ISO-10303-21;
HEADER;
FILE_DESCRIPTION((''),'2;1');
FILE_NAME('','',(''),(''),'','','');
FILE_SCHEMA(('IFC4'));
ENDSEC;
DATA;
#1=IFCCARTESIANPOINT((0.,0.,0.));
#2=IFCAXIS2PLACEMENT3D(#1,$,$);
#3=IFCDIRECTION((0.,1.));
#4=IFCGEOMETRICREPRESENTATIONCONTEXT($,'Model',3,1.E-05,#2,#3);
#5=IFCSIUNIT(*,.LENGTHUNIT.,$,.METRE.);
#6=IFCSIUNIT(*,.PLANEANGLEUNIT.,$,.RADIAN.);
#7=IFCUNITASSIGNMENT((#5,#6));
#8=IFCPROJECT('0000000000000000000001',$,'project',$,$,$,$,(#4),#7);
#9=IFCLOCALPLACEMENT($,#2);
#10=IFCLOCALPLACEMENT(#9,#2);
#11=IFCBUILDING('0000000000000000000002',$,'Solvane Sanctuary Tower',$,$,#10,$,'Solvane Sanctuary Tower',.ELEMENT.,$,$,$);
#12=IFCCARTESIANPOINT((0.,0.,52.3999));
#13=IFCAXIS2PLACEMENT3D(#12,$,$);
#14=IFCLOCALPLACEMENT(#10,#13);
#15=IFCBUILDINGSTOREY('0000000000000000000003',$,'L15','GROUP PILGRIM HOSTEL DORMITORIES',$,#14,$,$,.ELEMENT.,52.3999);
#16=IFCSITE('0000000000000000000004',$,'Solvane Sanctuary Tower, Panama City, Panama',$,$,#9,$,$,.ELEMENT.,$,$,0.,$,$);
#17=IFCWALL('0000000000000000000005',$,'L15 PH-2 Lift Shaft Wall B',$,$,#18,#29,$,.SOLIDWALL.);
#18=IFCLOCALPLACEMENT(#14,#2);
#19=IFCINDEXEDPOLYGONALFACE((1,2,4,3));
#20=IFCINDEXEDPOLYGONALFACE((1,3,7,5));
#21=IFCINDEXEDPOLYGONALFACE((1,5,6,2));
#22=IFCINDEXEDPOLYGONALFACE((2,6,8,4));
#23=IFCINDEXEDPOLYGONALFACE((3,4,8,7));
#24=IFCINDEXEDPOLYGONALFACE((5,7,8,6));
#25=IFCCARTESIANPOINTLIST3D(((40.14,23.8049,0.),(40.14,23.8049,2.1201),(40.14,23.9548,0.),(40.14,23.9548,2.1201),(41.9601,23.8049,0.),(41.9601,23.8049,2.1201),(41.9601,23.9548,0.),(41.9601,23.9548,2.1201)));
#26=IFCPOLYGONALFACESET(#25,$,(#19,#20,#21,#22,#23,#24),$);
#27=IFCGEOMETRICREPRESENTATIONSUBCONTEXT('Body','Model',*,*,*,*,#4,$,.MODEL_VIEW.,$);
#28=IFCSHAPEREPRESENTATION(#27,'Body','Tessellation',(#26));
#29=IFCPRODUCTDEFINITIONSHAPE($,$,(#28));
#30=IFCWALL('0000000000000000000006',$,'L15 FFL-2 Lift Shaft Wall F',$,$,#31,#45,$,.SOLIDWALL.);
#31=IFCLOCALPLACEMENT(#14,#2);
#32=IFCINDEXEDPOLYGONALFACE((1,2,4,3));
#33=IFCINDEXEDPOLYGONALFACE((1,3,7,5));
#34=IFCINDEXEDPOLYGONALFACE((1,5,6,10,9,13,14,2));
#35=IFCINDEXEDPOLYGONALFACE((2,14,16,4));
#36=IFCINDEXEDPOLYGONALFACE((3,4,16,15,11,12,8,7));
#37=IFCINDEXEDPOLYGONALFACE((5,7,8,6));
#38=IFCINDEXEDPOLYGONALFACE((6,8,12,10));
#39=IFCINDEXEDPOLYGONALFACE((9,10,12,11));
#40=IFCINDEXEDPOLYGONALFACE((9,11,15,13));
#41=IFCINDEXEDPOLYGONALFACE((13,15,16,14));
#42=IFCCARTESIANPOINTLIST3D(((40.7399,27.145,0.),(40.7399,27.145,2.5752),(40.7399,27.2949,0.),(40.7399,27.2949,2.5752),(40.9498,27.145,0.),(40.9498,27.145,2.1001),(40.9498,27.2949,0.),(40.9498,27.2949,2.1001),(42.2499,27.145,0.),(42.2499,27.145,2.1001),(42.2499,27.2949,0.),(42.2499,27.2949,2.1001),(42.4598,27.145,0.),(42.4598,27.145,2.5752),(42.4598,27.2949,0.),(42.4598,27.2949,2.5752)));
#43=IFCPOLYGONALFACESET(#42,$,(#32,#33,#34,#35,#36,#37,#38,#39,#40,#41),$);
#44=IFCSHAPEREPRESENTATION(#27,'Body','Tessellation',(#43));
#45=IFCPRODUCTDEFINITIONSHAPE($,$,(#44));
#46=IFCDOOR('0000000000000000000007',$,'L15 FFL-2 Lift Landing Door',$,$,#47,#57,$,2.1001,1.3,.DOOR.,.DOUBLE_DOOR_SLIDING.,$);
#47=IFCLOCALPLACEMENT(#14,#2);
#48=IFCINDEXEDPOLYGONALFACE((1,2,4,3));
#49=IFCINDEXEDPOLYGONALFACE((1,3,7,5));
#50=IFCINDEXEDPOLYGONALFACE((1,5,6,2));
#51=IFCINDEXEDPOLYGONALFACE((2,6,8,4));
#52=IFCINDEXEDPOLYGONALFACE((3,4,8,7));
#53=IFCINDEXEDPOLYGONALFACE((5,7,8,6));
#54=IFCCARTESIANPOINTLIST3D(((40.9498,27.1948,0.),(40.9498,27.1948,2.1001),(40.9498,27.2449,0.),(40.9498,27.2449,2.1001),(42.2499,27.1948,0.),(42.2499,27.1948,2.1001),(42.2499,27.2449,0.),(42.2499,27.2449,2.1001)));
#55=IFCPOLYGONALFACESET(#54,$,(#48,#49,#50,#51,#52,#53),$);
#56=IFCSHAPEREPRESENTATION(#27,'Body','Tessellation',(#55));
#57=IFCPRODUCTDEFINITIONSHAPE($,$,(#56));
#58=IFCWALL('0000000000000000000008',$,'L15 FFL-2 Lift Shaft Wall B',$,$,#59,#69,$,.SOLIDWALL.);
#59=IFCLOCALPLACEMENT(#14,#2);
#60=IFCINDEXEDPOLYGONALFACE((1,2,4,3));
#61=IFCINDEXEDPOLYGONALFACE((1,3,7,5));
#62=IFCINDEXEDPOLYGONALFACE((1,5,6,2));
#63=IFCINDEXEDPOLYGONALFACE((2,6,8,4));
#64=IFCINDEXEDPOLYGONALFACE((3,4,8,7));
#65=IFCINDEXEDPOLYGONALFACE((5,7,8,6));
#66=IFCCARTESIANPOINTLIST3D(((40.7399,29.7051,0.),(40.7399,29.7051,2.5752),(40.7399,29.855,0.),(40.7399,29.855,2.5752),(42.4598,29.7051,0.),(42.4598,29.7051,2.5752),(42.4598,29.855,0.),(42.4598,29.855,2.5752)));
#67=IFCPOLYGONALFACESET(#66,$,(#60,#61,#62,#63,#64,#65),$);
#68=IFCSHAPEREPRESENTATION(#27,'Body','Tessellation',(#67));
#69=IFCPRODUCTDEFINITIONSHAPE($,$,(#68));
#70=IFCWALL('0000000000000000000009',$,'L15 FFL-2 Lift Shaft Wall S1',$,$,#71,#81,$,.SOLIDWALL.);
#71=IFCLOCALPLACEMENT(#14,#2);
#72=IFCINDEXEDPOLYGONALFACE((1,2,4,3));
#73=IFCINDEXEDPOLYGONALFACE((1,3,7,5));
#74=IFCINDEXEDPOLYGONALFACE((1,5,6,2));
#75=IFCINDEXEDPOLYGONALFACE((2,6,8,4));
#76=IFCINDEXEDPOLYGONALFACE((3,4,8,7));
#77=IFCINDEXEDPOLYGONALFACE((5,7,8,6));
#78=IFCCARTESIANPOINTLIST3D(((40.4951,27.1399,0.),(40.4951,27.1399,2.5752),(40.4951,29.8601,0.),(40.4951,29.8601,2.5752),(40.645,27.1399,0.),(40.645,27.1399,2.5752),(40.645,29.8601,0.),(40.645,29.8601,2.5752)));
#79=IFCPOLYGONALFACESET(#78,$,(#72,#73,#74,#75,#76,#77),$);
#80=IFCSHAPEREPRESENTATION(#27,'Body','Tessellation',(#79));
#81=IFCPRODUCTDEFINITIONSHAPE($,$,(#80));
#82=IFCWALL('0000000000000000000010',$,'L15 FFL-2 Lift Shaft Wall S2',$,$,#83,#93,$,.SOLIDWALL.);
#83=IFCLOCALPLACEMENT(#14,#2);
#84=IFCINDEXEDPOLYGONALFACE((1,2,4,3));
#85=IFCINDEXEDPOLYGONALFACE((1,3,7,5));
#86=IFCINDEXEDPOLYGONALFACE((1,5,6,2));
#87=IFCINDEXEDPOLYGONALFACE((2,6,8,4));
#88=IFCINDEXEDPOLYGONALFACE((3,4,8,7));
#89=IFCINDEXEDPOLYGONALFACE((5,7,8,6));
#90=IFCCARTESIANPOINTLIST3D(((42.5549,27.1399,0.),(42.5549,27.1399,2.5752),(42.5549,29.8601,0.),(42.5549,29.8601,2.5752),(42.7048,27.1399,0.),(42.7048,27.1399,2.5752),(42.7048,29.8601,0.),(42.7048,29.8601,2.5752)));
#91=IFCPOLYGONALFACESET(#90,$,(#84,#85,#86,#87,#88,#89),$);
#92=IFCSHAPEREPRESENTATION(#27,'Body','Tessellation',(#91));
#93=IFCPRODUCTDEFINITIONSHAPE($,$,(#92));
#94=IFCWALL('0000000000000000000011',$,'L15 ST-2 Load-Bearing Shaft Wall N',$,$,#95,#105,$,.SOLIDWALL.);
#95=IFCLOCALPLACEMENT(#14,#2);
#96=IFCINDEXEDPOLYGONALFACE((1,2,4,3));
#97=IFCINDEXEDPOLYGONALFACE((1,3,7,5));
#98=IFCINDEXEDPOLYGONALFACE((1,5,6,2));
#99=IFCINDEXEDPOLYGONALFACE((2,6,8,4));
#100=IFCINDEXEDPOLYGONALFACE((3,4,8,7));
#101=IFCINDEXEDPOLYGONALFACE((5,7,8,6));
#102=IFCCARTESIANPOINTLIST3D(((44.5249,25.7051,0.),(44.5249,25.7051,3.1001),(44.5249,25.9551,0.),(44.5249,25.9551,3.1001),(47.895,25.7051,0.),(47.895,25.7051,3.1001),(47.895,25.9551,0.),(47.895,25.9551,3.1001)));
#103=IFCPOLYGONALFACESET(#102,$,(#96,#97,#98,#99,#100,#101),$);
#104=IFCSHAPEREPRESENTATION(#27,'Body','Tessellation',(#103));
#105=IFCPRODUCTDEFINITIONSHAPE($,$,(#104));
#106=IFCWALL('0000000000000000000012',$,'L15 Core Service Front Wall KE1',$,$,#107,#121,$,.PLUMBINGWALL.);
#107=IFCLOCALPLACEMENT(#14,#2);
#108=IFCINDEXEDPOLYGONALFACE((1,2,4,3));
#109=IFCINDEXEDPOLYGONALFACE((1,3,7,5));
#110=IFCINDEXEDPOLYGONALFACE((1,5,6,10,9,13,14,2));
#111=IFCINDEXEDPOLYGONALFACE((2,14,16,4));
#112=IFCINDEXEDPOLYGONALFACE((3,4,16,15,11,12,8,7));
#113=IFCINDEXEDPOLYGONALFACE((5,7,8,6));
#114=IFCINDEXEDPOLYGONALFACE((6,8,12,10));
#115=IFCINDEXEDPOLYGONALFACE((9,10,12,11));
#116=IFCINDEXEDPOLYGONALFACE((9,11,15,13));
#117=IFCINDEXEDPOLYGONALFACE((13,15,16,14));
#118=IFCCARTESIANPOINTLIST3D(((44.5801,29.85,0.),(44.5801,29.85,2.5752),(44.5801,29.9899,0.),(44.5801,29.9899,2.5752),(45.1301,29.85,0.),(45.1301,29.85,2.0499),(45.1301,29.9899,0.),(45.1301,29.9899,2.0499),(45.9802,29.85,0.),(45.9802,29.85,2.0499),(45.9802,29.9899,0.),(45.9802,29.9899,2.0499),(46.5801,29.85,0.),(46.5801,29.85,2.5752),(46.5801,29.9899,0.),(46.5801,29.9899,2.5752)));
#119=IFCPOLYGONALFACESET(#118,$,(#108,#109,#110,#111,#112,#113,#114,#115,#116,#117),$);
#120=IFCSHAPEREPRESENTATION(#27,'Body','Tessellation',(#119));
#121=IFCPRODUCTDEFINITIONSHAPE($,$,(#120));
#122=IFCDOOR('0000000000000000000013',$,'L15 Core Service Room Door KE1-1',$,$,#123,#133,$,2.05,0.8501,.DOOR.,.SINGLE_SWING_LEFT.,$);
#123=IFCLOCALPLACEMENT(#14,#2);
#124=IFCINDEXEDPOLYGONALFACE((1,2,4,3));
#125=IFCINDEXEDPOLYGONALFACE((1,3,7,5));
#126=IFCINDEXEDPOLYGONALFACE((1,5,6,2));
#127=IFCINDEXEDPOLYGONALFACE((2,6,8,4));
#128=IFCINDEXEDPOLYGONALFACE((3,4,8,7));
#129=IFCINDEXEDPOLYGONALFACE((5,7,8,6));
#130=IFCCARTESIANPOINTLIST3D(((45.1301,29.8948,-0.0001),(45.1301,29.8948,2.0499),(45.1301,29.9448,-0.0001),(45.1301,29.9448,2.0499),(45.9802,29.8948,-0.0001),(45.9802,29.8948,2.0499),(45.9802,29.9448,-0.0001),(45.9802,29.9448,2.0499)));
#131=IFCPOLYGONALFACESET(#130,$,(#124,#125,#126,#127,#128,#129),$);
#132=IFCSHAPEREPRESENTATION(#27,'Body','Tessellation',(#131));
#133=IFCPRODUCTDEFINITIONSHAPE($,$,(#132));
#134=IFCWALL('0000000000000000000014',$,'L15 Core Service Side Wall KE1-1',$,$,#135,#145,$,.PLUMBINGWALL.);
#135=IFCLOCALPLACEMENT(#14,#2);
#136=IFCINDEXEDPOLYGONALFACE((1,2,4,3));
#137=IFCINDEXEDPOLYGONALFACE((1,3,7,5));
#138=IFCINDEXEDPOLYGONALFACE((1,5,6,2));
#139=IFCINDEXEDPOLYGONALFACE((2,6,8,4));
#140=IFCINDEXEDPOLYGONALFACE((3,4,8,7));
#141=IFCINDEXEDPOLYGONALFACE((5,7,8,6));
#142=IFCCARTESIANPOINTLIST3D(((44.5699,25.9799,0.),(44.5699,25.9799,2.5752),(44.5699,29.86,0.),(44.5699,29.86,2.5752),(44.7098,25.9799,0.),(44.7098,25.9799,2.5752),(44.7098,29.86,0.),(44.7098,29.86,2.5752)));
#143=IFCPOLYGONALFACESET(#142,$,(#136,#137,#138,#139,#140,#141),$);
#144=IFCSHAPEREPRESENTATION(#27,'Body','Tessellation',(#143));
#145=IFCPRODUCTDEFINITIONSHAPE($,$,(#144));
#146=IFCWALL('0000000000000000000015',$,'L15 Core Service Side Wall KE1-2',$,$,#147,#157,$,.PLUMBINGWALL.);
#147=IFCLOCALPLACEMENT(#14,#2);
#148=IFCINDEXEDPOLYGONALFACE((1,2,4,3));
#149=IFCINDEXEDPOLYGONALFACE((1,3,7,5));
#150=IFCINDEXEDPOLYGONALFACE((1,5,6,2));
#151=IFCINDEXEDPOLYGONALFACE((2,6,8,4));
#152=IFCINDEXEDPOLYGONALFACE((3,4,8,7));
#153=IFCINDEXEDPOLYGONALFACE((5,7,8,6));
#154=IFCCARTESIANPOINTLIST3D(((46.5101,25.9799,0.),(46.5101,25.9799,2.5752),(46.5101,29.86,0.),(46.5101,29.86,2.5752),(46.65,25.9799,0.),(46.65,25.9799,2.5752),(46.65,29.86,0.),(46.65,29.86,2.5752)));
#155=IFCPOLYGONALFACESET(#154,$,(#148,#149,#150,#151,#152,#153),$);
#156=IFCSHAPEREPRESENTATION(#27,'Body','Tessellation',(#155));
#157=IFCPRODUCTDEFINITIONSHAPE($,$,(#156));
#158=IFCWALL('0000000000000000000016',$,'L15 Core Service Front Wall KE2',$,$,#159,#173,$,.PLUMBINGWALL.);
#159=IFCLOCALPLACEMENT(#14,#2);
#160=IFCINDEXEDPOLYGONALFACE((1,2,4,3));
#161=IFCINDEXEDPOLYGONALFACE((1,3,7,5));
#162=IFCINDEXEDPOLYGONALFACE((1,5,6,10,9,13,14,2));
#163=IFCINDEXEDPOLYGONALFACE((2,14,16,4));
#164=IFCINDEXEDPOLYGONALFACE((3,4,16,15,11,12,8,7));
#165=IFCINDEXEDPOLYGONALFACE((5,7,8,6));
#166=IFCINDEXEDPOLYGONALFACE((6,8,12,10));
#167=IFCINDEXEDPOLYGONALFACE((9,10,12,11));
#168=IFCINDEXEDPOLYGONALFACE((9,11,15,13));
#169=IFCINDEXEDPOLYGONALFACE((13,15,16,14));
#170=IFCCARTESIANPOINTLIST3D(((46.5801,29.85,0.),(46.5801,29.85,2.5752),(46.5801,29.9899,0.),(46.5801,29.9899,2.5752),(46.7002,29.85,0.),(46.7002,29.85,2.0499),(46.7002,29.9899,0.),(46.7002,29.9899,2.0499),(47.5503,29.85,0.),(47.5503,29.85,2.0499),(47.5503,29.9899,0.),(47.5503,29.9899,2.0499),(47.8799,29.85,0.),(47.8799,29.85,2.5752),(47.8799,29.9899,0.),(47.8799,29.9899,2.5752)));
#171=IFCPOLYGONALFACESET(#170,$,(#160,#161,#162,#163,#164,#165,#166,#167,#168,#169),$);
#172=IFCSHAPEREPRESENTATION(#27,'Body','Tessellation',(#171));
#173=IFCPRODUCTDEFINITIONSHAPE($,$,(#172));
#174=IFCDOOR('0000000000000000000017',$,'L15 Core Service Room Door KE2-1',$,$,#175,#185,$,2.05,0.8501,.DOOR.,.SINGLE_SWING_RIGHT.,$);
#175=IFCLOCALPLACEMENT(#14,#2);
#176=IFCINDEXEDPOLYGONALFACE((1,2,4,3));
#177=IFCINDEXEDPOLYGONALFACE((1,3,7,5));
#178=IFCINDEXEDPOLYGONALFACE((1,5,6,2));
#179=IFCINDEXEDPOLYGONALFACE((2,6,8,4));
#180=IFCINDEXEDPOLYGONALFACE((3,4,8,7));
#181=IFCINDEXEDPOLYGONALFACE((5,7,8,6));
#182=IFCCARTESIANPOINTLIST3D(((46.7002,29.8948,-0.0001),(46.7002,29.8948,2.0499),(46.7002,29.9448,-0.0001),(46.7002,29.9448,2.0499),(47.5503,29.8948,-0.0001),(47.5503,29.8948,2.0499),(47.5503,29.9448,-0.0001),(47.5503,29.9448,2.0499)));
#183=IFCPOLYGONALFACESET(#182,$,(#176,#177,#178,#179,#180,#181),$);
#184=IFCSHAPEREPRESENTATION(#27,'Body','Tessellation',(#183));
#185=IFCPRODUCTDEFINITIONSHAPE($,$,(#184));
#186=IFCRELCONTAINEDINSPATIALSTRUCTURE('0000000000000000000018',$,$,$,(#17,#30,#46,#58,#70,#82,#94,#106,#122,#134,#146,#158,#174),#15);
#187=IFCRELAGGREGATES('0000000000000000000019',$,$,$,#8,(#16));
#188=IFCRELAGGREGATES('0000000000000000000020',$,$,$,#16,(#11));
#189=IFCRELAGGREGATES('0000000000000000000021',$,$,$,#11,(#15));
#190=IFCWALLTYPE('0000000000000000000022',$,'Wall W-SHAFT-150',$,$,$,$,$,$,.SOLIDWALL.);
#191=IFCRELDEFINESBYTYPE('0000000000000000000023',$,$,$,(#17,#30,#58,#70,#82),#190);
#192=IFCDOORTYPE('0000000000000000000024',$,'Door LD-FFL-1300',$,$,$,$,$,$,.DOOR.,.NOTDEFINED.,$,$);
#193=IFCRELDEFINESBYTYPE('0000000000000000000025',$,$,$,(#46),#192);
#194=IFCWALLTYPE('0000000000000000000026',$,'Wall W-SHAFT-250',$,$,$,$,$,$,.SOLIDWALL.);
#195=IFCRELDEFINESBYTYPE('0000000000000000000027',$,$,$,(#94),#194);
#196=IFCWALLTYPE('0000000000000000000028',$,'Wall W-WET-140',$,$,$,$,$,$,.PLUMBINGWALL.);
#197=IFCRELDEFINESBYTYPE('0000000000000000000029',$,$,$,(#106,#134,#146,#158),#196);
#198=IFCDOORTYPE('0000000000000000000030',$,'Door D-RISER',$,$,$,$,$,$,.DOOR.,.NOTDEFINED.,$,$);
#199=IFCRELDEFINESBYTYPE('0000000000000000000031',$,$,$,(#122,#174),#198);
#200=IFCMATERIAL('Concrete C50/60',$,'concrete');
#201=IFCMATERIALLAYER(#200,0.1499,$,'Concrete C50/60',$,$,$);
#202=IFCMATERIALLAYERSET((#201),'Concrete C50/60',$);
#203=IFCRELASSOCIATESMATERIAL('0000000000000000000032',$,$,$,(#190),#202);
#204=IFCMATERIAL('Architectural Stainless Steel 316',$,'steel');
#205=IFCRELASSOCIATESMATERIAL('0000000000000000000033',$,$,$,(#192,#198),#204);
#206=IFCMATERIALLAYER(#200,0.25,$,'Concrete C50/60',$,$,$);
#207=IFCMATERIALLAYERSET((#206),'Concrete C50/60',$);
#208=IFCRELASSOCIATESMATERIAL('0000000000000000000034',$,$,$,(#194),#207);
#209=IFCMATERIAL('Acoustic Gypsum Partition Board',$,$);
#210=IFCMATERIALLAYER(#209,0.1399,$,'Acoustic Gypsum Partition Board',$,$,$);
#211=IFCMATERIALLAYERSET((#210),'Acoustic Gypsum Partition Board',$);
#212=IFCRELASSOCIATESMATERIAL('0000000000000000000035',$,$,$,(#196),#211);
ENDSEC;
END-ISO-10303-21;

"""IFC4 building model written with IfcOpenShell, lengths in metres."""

from ifc_helpers import new_model, si_unit, direction, frame, frame_2d, origin, place, context, subcontext, project, spatial, rectangle, extrude, material, layer, layer_set, type_object, element, fill, save


model = new_model("IFC4")

# Units and contexts
model_context = context("Model", 3, precision=1e-05, world=origin(), true_north=direction((0.0, 1.0)))
body_context = subcontext(model_context, "Body", "Model", "MODEL_VIEW")
ifc_project = project(units=[si_unit("LENGTHUNIT", "METRE"), si_unit("PLANEANGLEUNIT", "RADIAN")], contexts=[model_context])

# Site, building, storey
site_placement = place(None, origin())
site = spatial("IfcSite", under=ifc_project, at=site_placement, Name="Solvane Sanctuary Tower, Panama City, Panama", CompositionType="ELEMENT", RefElevation=0.0)
building_placement = place(site_placement, origin())
building = spatial("IfcBuilding", under=site, at=building_placement, Name="Solvane Sanctuary Tower", LongName="Solvane Sanctuary Tower", CompositionType="ELEMENT")
storey_placement = place(building_placement, frame((0.0, 0.0, 52.3999)))
storey = spatial("IfcBuildingStorey", under=building, at=storey_placement, Name="L15", Description="GROUP PILGRIM HOSTEL DORMITORIES", CompositionType="ELEMENT", Elevation=52.3999)

# Shared definitions
ifc_material_1 = material(Name="Acoustic Gypsum Partition Board")

# Wall
ifc_material_2 = material(Name="Concrete C50/60", Category="concrete")
ifc_layer_1 = layer(ifc_material_2, 0.1499, Name="Concrete C50/60")
ifc_layer_set_1 = layer_set([ifc_layer_1], Name="Concrete C50/60")
wall_type_1 = type_object("IfcWallType", Name="Wall W-SHAFT-150", PredefinedType="SOLIDWALL", material=ifc_layer_set_1)
wall_1_placement = place(storey_placement, frame((40.1399, 23.8799, 0.0), z_axis=(0.0, 0.0, 1.0), x_axis=(1.0, 0.0, 0.0)))
element("IfcWall", 1, at=wall_1_placement, inside=storey, type_object=wall_type_1, Name="L15 PH-2 Lift Shaft Wall B", PredefinedType="SOLIDWALL", context=body_context, shape_type="SweptSolid", body=[
    extrude(rectangle(XDim=1.8201, YDim=0.1499, at=frame_2d((0.9102, 0.0))), origin(), (0.0, 0.0, 1.0), 2.1201),
])

# Wall, opening, door
wall_2_placement = place(storey_placement, frame((40.74, 27.22, 0.0), z_axis=(0.0, 0.0, 1.0), x_axis=(1.0, 0.0, 0.0)))
wall_2 = element("IfcWall", 2, at=wall_2_placement, inside=storey, type_object=wall_type_1, Name="L15 FFL-2 Lift Shaft Wall F", PredefinedType="SOLIDWALL", context=body_context, shape_type="SweptSolid", body=[
    extrude(rectangle(XDim=1.72, YDim=0.1499, at=frame_2d((0.8599, 0.0))), origin(), (0.0, 0.0, 1.0), 2.5752),
])
opening_1_placement = place(wall_2_placement, frame((0.21, 0.0, 0.0)))
opening_1 = element("IfcOpeningElement", 3, at=opening_1_placement, cuts=wall_2, PredefinedType="OPENING", context=body_context, shape_type="SweptSolid", body=[
    extrude(rectangle(XDim=1.3, YDim=2.1001, at=frame_2d((0.6499, 1.05))), frame((0.0, 0.085, 0.0), z_axis=(0.0, -1.0, 0.0), x_axis=(1.0, 0.0, 0.0)), (0.0, 0.0, 1.0), 0.1699),
])
ifc_material_3 = material(Name="Architectural Stainless Steel 316", Category="steel")
door_type_1 = type_object("IfcDoorType", Name="Door LD-FFL-1300", OperationType="NOTDEFINED", PredefinedType="DOOR", material=ifc_material_3)
door_1_placement = place(opening_1_placement, origin())
door_1 = element("IfcDoor", 4, at=door_1_placement, inside=storey, type_object=door_type_1, Name="L15 FFL-2 Lift Landing Door", OperationType="DOUBLE_DOOR_SLIDING", OverallHeight=2.1001, OverallWidth=1.3, PredefinedType="DOOR", context=body_context, shape_type="SweptSolid", body=[
    extrude(rectangle(XDim=1.3, YDim=2.1001, at=frame_2d((0.6499, 1.05))), frame((0.0, 0.0249, 0.0), z_axis=(0.0, -1.0, 0.0), x_axis=(1.0, 0.0, 0.0)), (0.0, 0.0, 1.0), 0.05),
])
fill(opening_1, door_1)

# Walls
wall_3_placement = place(storey_placement, frame((40.74, 29.78, 0.0), z_axis=(0.0, 0.0, 1.0), x_axis=(1.0, 0.0, 0.0)))
element("IfcWall", 5, at=wall_3_placement, inside=storey, type_object=wall_type_1, Name="L15 FFL-2 Lift Shaft Wall B", PredefinedType="SOLIDWALL", context=body_context, shape_type="SweptSolid", body=[
    extrude(rectangle(XDim=1.72, YDim=0.1499, at=frame_2d((0.8599, 0.0))), origin(), (0.0, 0.0, 1.0), 2.5752),
])
for number, where, z_axis, x_axis, name in (
    (6, (40.5701, 27.1399, 0.0), (0.0, 0.0, 1.0), (0.0, 1.0, 0.0), "L15 FFL-2 Lift Shaft Wall S1"),
    (7, (42.6299, 27.1399, 0.0), (0.0, 0.0, 1.0), (0.0, 1.0, 0.0), "L15 FFL-2 Lift Shaft Wall S2"),
):
    element("IfcWall", number, at=place(storey_placement, frame(where, z_axis=z_axis, x_axis=x_axis)), inside=storey, type_object=wall_type_1, Name=name, PredefinedType="SOLIDWALL", context=body_context, shape_type="SweptSolid", body=[
        extrude(rectangle(XDim=2.7202, YDim=0.1499, at=frame_2d((1.3601, 0.0))), origin(), (0.0, 0.0, 1.0), 2.5752),
    ])
ifc_layer_2 = layer(ifc_material_2, 0.25, Name="Concrete C50/60")
ifc_layer_set_2 = layer_set([ifc_layer_2], Name="Concrete C50/60")
wall_type_2 = type_object("IfcWallType", Name="Wall W-SHAFT-250", PredefinedType="SOLIDWALL", material=ifc_layer_set_2)
wall_4_placement = place(storey_placement, frame((44.5249, 25.8301, 0.0), z_axis=(0.0, 0.0, 1.0), x_axis=(1.0, 0.0, 0.0)))
element("IfcWall", 8, at=wall_4_placement, inside=storey, type_object=wall_type_2, Name="L15 ST-2 Load-Bearing Shaft Wall N", PredefinedType="SOLIDWALL", context=body_context, shape_type="SweptSolid", body=[
    extrude(rectangle(XDim=3.3701, YDim=0.25, at=frame_2d((1.6851, 0.0))), origin(), (0.0, 0.0, 1.0), 3.1001),
])

# Wall, opening, door
ifc_layer_3 = layer(ifc_material_1, 0.1399, Name="Acoustic Gypsum Partition Board")
ifc_layer_set_3 = layer_set([ifc_layer_3], Name="Acoustic Gypsum Partition Board")
wall_type_3 = type_object("IfcWallType", Name="Wall W-WET-140", PredefinedType="PLUMBINGWALL", material=ifc_layer_set_3)
wall_5_placement = place(storey_placement, frame((44.5801, 29.9199, 0.0), z_axis=(0.0, 0.0, 1.0), x_axis=(1.0, 0.0, 0.0)))
wall_5 = element("IfcWall", 9, at=wall_5_placement, inside=storey, type_object=wall_type_3, Name="L15 Core Service Front Wall KE1", PredefinedType="PLUMBINGWALL", context=body_context, shape_type="SweptSolid", body=[
    extrude(rectangle(XDim=2.0, YDim=0.1399, at=frame_2d((1.0, 0.0))), origin(), (0.0, 0.0, 1.0), 2.5752),
])
opening_2_placement = place(wall_5_placement, frame((0.55, 0.0, 0.0)))
opening_2 = element("IfcOpeningElement", 10, at=opening_2_placement, cuts=wall_5, PredefinedType="OPENING", context=body_context, shape_type="SweptSolid", body=[
    extrude(rectangle(XDim=0.8501, YDim=2.05, at=frame_2d((0.425, 1.0249))), frame((0.0, 0.0798, 0.0), z_axis=(0.0, -1.0, 0.0), x_axis=(1.0, 0.0, 0.0)), (0.0, 0.0, 1.0), 0.1599),
])
door_type_2 = type_object("IfcDoorType", Name="Door D-RISER", OperationType="NOTDEFINED", PredefinedType="DOOR", material=ifc_material_3)
door_2_placement = place(opening_2_placement, origin())
door_2 = element("IfcDoor", 11, at=door_2_placement, inside=storey, type_object=door_type_2, Name="L15 Core Service Room Door KE1-1", OperationType="SINGLE_SWING_LEFT", OverallHeight=2.05, OverallWidth=0.8501, PredefinedType="DOOR", context=body_context, shape_type="SweptSolid", body=[
    extrude(rectangle(XDim=0.8501, YDim=2.05, at=frame_2d((0.425, 1.0249))), frame((0.0, 0.0249, 0.0), z_axis=(0.0, -1.0, 0.0), x_axis=(1.0, 0.0, 0.0)), (0.0, 0.0, 1.0), 0.05),
])
fill(opening_2, door_2)

# Walls
for number, where, z_axis, x_axis, name in (
    (12, (44.6399, 25.98, 0.0), (0.0, 0.0, 1.0), (0.0, 1.0, 0.0), "L15 Core Service Side Wall KE1-1"),
    (13, (46.5801, 25.98, 0.0), (0.0, 0.0, 1.0), (0.0, 1.0, 0.0), "L15 Core Service Side Wall KE1-2"),
):
    element("IfcWall", number, at=place(storey_placement, frame(where, z_axis=z_axis, x_axis=x_axis)), inside=storey, type_object=wall_type_3, Name=name, PredefinedType="PLUMBINGWALL", context=body_context, shape_type="SweptSolid", body=[
        extrude(rectangle(XDim=3.8801, YDim=0.1399, at=frame_2d((1.9399, 0.0))), origin(), (0.0, 0.0, 1.0), 2.5752),
    ])

# Wall, opening, door
wall_6_placement = place(storey_placement, frame((46.5801, 29.9199, 0.0), z_axis=(0.0, 0.0, 1.0), x_axis=(1.0, 0.0, 0.0)))
wall_6 = element("IfcWall", 14, at=wall_6_placement, inside=storey, type_object=wall_type_3, Name="L15 Core Service Front Wall KE2", PredefinedType="PLUMBINGWALL", context=body_context, shape_type="SweptSolid", body=[
    extrude(rectangle(XDim=1.2998, YDim=0.1399, at=frame_2d((0.6499, 0.0))), origin(), (0.0, 0.0, 1.0), 2.5752),
])
opening_3_placement = place(wall_6_placement, frame((0.1201, 0.0, 0.0)))
opening_3 = element("IfcOpeningElement", 15, at=opening_3_placement, cuts=wall_6, PredefinedType="OPENING", context=body_context, shape_type="SweptSolid", body=[
    extrude(rectangle(XDim=0.8501, YDim=2.05, at=frame_2d((0.425, 1.0249))), frame((0.0, 0.0798, 0.0), z_axis=(0.0, -1.0, 0.0), x_axis=(1.0, 0.0, 0.0)), (0.0, 0.0, 1.0), 0.1599),
])
door_3_placement = place(opening_3_placement, origin())
door_3 = element("IfcDoor", 16, at=door_3_placement, inside=storey, type_object=door_type_2, Name="L15 Core Service Room Door KE2-1", OperationType="SINGLE_SWING_RIGHT", OverallHeight=2.05, OverallWidth=0.8501, PredefinedType="DOOR", context=body_context, shape_type="SweptSolid", body=[
    extrude(rectangle(XDim=0.8501, YDim=2.05, at=frame_2d((0.425, 1.0249))), frame((0.0, 0.0249, 0.0), z_axis=(0.0, -1.0, 0.0), x_axis=(1.0, 0.0, 0.0)), (0.0, 0.0, 1.0), 0.05),
])
fill(opening_3, door_3)

save(model, "model.ifc")
